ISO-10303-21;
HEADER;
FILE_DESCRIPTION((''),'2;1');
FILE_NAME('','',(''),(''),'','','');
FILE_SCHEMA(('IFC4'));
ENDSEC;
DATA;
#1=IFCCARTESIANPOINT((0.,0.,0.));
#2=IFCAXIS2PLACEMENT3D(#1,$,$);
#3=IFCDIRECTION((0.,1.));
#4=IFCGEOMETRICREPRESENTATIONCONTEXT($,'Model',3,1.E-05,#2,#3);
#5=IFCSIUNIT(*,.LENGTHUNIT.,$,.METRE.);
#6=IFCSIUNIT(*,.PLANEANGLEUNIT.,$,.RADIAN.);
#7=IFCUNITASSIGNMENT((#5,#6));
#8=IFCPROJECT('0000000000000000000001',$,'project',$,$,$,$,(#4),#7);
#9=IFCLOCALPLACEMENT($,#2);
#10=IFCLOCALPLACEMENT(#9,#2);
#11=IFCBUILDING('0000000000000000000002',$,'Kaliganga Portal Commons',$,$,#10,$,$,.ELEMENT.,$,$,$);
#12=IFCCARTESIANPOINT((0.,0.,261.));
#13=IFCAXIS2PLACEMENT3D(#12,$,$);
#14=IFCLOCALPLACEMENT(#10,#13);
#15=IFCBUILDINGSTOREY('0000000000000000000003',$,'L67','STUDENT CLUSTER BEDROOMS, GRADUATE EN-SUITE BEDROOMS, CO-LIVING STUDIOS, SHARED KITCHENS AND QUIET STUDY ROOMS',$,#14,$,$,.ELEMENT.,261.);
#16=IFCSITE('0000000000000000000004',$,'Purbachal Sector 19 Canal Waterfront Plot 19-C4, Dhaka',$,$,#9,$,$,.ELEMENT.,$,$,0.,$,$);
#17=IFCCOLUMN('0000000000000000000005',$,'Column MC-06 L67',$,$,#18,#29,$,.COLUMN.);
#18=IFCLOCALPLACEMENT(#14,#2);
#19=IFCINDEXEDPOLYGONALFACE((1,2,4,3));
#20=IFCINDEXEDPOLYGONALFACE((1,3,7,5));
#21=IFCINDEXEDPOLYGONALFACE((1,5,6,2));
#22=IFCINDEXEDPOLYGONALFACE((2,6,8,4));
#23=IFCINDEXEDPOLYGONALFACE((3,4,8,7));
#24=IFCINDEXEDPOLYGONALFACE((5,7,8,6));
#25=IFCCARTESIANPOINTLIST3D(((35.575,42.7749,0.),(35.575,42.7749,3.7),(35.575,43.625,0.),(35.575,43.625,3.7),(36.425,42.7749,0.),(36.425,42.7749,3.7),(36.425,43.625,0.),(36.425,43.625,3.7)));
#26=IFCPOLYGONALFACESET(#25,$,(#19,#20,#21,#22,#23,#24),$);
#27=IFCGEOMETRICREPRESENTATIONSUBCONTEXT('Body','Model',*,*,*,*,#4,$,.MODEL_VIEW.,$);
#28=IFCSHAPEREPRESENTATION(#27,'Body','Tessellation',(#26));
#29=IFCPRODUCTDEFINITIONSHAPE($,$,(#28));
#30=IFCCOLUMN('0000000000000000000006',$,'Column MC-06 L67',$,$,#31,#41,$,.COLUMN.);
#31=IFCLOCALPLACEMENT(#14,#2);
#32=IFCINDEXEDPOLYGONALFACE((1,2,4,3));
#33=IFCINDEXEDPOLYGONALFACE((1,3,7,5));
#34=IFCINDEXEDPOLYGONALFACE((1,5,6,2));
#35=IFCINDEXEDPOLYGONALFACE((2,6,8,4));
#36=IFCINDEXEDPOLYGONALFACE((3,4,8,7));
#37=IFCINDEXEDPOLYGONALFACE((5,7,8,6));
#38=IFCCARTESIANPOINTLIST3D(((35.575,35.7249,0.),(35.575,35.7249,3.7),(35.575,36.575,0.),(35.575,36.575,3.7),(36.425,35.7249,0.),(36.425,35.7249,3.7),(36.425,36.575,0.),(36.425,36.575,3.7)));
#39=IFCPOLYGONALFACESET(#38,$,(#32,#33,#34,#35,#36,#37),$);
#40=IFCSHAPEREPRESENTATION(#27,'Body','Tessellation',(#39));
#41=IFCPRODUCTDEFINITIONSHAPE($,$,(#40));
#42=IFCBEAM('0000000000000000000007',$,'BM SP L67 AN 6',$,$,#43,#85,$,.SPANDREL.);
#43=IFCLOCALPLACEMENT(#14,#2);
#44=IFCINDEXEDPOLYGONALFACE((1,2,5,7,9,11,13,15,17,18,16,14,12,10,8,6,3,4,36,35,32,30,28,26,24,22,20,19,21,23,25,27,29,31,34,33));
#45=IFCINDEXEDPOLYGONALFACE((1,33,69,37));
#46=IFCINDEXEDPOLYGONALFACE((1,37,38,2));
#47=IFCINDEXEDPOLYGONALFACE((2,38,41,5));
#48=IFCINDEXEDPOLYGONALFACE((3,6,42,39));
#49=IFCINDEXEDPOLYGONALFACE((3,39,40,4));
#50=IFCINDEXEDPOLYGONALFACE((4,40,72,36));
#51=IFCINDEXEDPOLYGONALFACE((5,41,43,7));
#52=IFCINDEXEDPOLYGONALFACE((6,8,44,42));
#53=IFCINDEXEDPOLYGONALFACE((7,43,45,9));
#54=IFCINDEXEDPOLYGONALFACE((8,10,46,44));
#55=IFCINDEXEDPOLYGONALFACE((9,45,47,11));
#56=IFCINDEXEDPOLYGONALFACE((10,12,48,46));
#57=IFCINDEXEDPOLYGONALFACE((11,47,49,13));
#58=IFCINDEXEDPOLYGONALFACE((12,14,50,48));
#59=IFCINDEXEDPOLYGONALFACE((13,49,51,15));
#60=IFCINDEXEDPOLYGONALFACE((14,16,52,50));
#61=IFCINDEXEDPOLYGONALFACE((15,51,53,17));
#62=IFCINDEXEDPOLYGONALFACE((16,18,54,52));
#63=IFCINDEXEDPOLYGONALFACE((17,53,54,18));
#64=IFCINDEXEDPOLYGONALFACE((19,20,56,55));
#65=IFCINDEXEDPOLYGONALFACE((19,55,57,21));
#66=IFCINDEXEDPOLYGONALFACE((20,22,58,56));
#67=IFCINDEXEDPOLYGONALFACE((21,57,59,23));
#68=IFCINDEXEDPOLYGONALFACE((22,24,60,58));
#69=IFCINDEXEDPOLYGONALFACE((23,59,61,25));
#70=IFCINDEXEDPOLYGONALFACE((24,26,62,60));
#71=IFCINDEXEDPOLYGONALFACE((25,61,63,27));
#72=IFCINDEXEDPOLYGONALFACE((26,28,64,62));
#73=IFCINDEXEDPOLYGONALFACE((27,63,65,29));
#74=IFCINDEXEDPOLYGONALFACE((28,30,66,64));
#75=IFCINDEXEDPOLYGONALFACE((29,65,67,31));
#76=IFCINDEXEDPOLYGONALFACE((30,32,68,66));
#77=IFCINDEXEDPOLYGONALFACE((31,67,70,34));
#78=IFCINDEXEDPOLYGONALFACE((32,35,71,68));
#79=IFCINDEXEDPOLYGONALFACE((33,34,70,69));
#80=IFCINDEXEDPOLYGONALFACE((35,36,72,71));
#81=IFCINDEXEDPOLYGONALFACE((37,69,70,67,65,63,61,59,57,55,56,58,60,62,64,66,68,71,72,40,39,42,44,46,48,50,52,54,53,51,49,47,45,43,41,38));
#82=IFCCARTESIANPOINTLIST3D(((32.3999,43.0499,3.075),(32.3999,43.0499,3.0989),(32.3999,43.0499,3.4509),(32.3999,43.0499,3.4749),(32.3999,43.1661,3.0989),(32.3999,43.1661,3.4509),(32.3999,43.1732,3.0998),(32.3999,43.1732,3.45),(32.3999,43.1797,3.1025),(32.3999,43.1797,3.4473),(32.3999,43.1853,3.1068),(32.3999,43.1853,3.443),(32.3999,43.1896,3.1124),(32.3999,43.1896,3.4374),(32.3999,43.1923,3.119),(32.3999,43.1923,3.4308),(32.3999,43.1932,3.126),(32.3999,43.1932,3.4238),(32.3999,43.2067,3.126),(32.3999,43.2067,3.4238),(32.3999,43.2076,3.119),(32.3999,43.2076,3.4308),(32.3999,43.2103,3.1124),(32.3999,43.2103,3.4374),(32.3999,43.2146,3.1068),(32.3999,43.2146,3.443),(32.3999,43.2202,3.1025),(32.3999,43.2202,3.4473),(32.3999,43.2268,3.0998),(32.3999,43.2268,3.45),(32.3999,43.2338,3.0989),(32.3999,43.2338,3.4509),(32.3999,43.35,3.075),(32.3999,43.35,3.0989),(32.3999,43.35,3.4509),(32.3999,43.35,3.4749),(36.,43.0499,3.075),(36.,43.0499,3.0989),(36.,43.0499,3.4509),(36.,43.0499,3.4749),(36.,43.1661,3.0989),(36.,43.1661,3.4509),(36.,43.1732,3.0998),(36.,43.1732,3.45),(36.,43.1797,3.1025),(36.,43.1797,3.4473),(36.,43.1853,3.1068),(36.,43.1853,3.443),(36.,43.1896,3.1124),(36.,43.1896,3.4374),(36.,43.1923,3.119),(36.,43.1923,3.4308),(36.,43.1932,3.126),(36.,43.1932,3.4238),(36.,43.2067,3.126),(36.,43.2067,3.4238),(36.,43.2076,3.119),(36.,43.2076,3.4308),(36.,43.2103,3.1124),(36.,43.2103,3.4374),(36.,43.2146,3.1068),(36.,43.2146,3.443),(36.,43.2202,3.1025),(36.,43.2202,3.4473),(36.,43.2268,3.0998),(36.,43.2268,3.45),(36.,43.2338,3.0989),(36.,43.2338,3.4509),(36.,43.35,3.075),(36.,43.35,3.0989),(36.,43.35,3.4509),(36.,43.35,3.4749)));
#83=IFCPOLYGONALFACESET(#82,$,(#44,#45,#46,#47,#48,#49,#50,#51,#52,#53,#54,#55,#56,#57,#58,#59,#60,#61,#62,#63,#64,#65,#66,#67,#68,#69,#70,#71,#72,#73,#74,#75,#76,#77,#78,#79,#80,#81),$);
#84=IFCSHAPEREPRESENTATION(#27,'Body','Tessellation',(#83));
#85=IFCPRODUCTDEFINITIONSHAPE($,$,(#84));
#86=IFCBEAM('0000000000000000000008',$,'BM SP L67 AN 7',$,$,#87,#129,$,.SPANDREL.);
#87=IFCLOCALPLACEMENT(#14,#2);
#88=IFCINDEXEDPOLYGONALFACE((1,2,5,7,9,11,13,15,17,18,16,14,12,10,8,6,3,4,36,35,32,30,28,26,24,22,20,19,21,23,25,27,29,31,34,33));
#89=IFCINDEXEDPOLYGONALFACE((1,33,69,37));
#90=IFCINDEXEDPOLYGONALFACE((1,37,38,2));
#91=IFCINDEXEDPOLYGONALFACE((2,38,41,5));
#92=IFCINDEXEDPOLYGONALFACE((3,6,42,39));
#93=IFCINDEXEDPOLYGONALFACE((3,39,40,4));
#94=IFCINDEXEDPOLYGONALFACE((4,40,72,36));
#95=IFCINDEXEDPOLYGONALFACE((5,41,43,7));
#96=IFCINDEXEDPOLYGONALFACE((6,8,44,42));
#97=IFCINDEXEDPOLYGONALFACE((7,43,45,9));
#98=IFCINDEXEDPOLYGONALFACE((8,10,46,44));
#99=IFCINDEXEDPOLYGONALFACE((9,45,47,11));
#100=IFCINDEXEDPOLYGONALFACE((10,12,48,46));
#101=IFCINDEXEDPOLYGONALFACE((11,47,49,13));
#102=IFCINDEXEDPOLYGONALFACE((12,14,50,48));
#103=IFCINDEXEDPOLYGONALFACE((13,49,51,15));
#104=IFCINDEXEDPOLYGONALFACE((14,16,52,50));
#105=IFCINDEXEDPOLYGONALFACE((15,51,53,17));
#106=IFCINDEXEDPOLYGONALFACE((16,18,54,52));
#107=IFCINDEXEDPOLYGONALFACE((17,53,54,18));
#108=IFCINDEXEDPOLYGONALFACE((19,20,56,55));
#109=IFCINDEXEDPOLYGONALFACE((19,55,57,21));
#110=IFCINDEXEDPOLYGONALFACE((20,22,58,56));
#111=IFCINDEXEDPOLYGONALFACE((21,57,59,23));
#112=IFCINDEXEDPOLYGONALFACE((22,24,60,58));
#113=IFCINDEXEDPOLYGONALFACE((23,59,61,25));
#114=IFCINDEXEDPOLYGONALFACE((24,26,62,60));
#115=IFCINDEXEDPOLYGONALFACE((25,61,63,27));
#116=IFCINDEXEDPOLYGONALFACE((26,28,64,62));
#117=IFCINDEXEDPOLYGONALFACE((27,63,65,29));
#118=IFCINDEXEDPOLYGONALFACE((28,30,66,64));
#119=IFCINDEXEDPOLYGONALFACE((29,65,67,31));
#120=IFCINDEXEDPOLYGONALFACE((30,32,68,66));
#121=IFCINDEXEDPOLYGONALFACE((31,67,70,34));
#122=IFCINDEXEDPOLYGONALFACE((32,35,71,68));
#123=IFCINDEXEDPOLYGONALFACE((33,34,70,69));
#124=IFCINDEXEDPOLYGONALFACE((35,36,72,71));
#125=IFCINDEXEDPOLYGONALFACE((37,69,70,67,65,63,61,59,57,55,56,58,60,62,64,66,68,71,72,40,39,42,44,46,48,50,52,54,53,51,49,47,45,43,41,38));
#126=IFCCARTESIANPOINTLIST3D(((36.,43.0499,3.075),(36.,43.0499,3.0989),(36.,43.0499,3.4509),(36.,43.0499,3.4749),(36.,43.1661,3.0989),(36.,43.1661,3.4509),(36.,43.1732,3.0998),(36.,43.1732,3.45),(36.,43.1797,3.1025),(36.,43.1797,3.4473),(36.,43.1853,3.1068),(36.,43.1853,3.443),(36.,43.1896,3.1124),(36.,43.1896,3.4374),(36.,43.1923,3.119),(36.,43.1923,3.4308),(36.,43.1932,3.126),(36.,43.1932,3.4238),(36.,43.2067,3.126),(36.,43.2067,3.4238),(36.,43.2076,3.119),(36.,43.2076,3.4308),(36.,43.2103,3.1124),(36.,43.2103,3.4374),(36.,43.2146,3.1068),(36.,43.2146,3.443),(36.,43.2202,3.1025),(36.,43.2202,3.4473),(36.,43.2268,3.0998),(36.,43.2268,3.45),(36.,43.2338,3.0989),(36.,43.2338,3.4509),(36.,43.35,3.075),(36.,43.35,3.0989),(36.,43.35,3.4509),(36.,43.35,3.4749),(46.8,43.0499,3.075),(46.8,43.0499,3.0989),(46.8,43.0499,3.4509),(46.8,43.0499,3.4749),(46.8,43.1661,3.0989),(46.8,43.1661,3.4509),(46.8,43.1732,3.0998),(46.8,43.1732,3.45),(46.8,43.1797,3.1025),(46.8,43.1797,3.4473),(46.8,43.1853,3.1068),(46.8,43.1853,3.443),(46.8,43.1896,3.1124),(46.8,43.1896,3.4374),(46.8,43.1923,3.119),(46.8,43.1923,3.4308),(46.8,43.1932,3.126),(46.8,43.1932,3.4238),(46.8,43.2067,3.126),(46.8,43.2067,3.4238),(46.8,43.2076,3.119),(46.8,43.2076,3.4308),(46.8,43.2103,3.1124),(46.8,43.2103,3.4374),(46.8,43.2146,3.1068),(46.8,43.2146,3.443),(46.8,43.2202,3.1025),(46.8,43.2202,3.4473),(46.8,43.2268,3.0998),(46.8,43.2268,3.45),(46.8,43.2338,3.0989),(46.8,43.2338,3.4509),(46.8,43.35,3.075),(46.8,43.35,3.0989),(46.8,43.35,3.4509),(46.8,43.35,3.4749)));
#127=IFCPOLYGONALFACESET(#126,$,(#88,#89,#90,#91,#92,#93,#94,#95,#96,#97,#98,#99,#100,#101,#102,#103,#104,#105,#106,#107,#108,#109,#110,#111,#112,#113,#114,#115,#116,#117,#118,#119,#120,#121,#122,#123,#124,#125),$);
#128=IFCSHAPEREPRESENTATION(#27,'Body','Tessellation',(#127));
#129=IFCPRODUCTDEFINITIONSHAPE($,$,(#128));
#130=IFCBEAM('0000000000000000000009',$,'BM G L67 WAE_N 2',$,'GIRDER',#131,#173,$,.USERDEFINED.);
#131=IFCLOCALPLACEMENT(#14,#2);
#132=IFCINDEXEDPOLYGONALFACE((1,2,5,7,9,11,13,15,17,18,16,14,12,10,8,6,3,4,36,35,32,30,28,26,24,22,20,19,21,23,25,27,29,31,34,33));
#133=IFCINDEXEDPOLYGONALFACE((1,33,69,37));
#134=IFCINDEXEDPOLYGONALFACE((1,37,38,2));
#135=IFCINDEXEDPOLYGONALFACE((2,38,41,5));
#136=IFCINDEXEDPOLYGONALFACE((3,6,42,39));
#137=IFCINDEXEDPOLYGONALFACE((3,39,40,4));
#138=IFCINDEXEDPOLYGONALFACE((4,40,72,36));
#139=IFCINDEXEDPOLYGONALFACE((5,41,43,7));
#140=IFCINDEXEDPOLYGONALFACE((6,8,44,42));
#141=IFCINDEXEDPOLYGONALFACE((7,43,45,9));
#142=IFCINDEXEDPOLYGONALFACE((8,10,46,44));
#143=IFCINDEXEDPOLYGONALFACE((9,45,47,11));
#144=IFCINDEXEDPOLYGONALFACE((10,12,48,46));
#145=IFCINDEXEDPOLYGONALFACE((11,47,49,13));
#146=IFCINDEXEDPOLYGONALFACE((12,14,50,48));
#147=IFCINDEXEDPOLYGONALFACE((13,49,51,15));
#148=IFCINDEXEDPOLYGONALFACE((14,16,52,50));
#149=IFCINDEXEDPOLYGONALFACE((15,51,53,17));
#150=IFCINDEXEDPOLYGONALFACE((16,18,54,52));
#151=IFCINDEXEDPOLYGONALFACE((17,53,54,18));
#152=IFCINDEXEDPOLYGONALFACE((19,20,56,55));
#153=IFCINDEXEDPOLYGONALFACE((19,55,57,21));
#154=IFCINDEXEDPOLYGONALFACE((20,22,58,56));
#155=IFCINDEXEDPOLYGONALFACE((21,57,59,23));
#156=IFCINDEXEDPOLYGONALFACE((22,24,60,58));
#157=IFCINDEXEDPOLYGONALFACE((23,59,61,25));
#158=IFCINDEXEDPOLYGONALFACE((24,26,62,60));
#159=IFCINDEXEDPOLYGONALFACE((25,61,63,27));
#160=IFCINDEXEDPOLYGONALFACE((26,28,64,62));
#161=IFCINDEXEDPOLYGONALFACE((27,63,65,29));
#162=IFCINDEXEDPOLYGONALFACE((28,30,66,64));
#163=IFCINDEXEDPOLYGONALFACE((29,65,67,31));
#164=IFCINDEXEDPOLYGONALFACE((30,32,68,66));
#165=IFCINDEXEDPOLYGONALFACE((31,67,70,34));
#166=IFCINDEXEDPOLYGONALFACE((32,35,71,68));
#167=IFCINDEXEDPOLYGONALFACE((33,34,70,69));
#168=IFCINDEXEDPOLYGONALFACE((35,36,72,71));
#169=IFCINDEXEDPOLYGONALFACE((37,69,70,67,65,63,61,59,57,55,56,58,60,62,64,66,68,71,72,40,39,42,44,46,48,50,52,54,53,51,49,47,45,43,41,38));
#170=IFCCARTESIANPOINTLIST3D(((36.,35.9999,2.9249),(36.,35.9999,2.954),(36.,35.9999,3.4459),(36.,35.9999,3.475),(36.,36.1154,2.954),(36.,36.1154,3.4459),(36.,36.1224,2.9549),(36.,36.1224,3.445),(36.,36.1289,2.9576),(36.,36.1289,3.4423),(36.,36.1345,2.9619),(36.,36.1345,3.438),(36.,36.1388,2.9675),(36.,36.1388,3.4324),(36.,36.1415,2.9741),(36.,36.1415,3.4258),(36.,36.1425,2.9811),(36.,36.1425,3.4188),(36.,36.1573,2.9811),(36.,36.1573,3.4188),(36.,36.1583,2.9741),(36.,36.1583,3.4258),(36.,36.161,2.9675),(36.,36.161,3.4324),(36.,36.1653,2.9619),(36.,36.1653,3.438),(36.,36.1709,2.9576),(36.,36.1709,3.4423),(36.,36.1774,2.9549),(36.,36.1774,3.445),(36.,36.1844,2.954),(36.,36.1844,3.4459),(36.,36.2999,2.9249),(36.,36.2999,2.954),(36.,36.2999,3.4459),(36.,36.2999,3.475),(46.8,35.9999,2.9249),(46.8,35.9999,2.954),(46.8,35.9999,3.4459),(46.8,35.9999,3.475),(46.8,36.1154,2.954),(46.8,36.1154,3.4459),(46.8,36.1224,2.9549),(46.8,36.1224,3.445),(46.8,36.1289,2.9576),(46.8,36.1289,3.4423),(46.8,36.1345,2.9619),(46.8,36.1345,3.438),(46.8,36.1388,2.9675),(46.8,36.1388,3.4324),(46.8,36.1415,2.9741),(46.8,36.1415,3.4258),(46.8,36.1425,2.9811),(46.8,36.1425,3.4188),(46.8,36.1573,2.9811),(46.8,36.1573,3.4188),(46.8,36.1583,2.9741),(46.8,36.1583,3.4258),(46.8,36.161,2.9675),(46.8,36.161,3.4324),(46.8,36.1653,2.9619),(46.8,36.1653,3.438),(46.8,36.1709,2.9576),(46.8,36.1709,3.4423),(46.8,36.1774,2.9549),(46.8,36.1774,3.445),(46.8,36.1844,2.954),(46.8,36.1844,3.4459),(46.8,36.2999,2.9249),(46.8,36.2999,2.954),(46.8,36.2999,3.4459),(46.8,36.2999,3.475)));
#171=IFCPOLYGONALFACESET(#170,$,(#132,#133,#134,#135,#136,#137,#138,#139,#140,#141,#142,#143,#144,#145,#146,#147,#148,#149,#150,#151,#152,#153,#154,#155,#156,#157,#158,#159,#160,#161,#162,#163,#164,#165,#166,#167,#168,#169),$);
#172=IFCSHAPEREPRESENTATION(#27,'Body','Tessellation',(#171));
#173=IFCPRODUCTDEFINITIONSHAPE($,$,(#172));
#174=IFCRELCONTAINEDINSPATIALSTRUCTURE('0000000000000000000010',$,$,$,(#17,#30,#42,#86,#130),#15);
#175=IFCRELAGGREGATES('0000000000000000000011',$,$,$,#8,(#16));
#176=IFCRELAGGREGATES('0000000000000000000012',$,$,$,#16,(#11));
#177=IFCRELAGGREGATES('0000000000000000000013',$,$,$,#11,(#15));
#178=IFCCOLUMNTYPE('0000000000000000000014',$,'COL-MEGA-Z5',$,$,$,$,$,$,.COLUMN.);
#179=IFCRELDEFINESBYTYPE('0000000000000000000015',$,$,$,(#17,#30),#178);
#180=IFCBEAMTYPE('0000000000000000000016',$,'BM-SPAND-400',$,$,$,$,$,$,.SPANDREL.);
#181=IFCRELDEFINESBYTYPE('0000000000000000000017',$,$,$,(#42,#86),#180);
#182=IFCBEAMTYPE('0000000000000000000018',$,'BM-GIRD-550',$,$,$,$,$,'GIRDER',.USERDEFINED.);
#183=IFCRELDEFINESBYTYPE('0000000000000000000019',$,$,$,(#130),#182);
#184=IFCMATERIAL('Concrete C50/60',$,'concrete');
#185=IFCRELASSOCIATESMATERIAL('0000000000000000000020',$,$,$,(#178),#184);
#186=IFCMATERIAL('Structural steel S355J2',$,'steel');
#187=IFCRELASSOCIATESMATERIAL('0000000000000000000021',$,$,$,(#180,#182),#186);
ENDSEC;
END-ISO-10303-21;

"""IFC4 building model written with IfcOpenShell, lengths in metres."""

from ifc_helpers import new_model, si_unit, direction, frame, origin, origin_2d, place, context, subcontext, project, spatial, rectangle, i_section, extrude, source, transform, mapped, material, material_profile, profile_set, type_object, element, save


model = new_model("IFC4")

# Units and contexts
model_context = context("Model", 3, precision=1e-05, world=origin(), true_north=direction((0.0, 1.0)))
body_context = subcontext(model_context, "Body", "Model", "MODEL_VIEW")
ifc_project = project(units=[si_unit("LENGTHUNIT", "METRE"), si_unit("PLANEANGLEUNIT", "RADIAN")], contexts=[model_context])

# Site, building, storey
site_placement = place(None, origin())
site = spatial("IfcSite", under=ifc_project, at=site_placement, Name="Purbachal Sector 19 Canal Waterfront Plot 19-C4, Dhaka", CompositionType="ELEMENT", RefElevation=0.0)
building_placement = place(site_placement, origin())
building = spatial("IfcBuilding", under=site, at=building_placement, Name="Kaliganga Portal Commons", CompositionType="ELEMENT")
storey_placement = place(building_placement, frame((0.0, 0.0, 261.0)))
storey = spatial("IfcBuildingStorey", under=building, at=storey_placement, Name="L67", Description="STUDENT CLUSTER BEDROOMS, GRADUATE EN-SUITE BEDROOMS, CO-LIVING STUDIOS, SHARED KITCHENS AND QUIET STUDY ROOMS", CompositionType="ELEMENT", Elevation=261.0)

# Columns
ifc_material_1 = material(Name="Concrete C50/60", Category="concrete")
ifc_material_profile_1 = material_profile(ifc_material_1, rectangle(XDim=0.8501, YDim=0.8501, at=origin_2d()), Name="RC 850x850")
ifc_profile_set_1 = profile_set([ifc_material_profile_1], Name="Concrete C50/60")
column_type = type_object("IfcColumnType", Name="COL-MEGA-Z5", PredefinedType="COLUMN", material=ifc_profile_set_1)
shared_shape_1 = source(origin(), body_context, "Body", "SweptSolid", [
    extrude(rectangle(XDim=0.8501, YDim=0.8501, at=origin_2d()), origin(), (0.0, 0.0, 1.0), 3.7),
])
for number, where, z_axis, x_axis, name in (
    (1, (36.0, 43.2, 0.0), (0.0, 0.0, 1.0), (1.0, 0.0, 0.0), "Column MC-06 L67"),
    (2, (36.0, 36.1499, 0.0), (0.0, 0.0, 1.0), (1.0, 0.0, 0.0), "Column MC-06 L67"),
):
    element("IfcColumn", number, at=place(storey_placement, frame(where, z_axis=z_axis, x_axis=x_axis)), inside=storey, type_object=column_type, Name=name, PredefinedType="COLUMN", context=body_context, shape_type="MappedRepresentation", body=[
        mapped(shared_shape_1, transform((0.0, 0.0, 0.0), x_axis=(1.0, 0.0, 0.0), y_axis=(0.0, 1.0, 0.0), z_axis=(0.0, 0.0, 1.0), scale=1.0)),
    ])

# Beams
ifc_material_2 = material(Name="Structural steel S355J2", Category="steel")
ifc_material_profile_2 = material_profile(ifc_material_2, i_section(OverallWidth=0.3, OverallDepth=0.3999, WebThickness=0.0134, FlangeThickness=0.0239, FilletRadius=0.0271, at=origin_2d()), Name="HE 400 B")
ifc_profile_set_2 = profile_set([ifc_material_profile_2], Name="Structural steel S355J2 wide-flange")
beam_type_1 = type_object("IfcBeamType", Name="BM-SPAND-400", PredefinedType="SPANDREL", material=ifc_profile_set_2)
shared_shape_2 = source(origin(), body_context, "Body", "SweptSolid", [
    extrude(i_section(OverallWidth=0.3, OverallDepth=0.3999, WebThickness=0.0134, FlangeThickness=0.0239, FilletRadius=0.0271, at=origin_2d()), origin(), (0.0, 0.0, 1.0), 3.6001),
])
beam_1_placement = place(storey_placement, frame((32.3999, 43.2, 3.2749), z_axis=(1.0, 0.0, 0.0), x_axis=(0.0, 1.0, 0.0)))
element("IfcBeam", 3, at=beam_1_placement, inside=storey, type_object=beam_type_1, Name="BM SP L67 AN 6", PredefinedType="SPANDREL", context=body_context, shape_type="MappedRepresentation", body=[
    mapped(shared_shape_2, transform((0.0, 0.0, 0.0), x_axis=(1.0, 0.0, 0.0), y_axis=(0.0, 1.0, 0.0), z_axis=(0.0, 0.0, 1.0), scale=1.0)),
])
shared_shape_3 = source(origin(), body_context, "Body", "SweptSolid", [
    extrude(i_section(OverallWidth=0.3, OverallDepth=0.3999, WebThickness=0.0134, FlangeThickness=0.0239, FilletRadius=0.0271, at=origin_2d()), origin(), (0.0, 0.0, 1.0), 10.8),
])
beam_2_placement = place(storey_placement, frame((36.0, 43.2, 3.2749), z_axis=(1.0, 0.0, 0.0), x_axis=(0.0, 1.0, 0.0)))
element("IfcBeam", 4, at=beam_2_placement, inside=storey, type_object=beam_type_1, Name="BM SP L67 AN 7", PredefinedType="SPANDREL", context=body_context, shape_type="MappedRepresentation", body=[
    mapped(shared_shape_3, transform((0.0, 0.0, 0.0), x_axis=(1.0, 0.0, 0.0), y_axis=(0.0, 1.0, 0.0), z_axis=(0.0, 0.0, 1.0), scale=1.0)),
])
ifc_material_profile_3 = material_profile(ifc_material_2, i_section(OverallWidth=0.3, OverallDepth=0.55, WebThickness=0.0149, FlangeThickness=0.0291, FilletRadius=0.0271, at=origin_2d()), Name="HE 550 B")
ifc_profile_set_3 = profile_set([ifc_material_profile_3], Name="Structural steel S355J2 wide-flange")
beam_type_2 = type_object("IfcBeamType", Name="BM-GIRD-550", ElementType="GIRDER", PredefinedType="USERDEFINED", material=ifc_profile_set_3)
shared_shape_4 = source(origin(), body_context, "Body", "SweptSolid", [
    extrude(i_section(OverallWidth=0.3, OverallDepth=0.55, WebThickness=0.0149, FlangeThickness=0.0291, FilletRadius=0.0271, at=origin_2d()), origin(), (0.0, 0.0, 1.0), 10.8),
])
beam_3_placement = place(storey_placement, frame((36.0, 36.1499, 3.2), z_axis=(1.0, 0.0, 0.0), x_axis=(0.0, 1.0, 0.0)))
element("IfcBeam", 5, at=beam_3_placement, inside=storey, type_object=beam_type_2, Name="BM G L67 WAE_N 2", ObjectType="GIRDER", PredefinedType="USERDEFINED", context=body_context, shape_type="MappedRepresentation", body=[
    mapped(shared_shape_4, transform((0.0, 0.0, 0.0), x_axis=(1.0, 0.0, 0.0), y_axis=(0.0, 1.0, 0.0), z_axis=(0.0, 0.0, 1.0), scale=1.0)),
])

save(model, "model.ifc")
